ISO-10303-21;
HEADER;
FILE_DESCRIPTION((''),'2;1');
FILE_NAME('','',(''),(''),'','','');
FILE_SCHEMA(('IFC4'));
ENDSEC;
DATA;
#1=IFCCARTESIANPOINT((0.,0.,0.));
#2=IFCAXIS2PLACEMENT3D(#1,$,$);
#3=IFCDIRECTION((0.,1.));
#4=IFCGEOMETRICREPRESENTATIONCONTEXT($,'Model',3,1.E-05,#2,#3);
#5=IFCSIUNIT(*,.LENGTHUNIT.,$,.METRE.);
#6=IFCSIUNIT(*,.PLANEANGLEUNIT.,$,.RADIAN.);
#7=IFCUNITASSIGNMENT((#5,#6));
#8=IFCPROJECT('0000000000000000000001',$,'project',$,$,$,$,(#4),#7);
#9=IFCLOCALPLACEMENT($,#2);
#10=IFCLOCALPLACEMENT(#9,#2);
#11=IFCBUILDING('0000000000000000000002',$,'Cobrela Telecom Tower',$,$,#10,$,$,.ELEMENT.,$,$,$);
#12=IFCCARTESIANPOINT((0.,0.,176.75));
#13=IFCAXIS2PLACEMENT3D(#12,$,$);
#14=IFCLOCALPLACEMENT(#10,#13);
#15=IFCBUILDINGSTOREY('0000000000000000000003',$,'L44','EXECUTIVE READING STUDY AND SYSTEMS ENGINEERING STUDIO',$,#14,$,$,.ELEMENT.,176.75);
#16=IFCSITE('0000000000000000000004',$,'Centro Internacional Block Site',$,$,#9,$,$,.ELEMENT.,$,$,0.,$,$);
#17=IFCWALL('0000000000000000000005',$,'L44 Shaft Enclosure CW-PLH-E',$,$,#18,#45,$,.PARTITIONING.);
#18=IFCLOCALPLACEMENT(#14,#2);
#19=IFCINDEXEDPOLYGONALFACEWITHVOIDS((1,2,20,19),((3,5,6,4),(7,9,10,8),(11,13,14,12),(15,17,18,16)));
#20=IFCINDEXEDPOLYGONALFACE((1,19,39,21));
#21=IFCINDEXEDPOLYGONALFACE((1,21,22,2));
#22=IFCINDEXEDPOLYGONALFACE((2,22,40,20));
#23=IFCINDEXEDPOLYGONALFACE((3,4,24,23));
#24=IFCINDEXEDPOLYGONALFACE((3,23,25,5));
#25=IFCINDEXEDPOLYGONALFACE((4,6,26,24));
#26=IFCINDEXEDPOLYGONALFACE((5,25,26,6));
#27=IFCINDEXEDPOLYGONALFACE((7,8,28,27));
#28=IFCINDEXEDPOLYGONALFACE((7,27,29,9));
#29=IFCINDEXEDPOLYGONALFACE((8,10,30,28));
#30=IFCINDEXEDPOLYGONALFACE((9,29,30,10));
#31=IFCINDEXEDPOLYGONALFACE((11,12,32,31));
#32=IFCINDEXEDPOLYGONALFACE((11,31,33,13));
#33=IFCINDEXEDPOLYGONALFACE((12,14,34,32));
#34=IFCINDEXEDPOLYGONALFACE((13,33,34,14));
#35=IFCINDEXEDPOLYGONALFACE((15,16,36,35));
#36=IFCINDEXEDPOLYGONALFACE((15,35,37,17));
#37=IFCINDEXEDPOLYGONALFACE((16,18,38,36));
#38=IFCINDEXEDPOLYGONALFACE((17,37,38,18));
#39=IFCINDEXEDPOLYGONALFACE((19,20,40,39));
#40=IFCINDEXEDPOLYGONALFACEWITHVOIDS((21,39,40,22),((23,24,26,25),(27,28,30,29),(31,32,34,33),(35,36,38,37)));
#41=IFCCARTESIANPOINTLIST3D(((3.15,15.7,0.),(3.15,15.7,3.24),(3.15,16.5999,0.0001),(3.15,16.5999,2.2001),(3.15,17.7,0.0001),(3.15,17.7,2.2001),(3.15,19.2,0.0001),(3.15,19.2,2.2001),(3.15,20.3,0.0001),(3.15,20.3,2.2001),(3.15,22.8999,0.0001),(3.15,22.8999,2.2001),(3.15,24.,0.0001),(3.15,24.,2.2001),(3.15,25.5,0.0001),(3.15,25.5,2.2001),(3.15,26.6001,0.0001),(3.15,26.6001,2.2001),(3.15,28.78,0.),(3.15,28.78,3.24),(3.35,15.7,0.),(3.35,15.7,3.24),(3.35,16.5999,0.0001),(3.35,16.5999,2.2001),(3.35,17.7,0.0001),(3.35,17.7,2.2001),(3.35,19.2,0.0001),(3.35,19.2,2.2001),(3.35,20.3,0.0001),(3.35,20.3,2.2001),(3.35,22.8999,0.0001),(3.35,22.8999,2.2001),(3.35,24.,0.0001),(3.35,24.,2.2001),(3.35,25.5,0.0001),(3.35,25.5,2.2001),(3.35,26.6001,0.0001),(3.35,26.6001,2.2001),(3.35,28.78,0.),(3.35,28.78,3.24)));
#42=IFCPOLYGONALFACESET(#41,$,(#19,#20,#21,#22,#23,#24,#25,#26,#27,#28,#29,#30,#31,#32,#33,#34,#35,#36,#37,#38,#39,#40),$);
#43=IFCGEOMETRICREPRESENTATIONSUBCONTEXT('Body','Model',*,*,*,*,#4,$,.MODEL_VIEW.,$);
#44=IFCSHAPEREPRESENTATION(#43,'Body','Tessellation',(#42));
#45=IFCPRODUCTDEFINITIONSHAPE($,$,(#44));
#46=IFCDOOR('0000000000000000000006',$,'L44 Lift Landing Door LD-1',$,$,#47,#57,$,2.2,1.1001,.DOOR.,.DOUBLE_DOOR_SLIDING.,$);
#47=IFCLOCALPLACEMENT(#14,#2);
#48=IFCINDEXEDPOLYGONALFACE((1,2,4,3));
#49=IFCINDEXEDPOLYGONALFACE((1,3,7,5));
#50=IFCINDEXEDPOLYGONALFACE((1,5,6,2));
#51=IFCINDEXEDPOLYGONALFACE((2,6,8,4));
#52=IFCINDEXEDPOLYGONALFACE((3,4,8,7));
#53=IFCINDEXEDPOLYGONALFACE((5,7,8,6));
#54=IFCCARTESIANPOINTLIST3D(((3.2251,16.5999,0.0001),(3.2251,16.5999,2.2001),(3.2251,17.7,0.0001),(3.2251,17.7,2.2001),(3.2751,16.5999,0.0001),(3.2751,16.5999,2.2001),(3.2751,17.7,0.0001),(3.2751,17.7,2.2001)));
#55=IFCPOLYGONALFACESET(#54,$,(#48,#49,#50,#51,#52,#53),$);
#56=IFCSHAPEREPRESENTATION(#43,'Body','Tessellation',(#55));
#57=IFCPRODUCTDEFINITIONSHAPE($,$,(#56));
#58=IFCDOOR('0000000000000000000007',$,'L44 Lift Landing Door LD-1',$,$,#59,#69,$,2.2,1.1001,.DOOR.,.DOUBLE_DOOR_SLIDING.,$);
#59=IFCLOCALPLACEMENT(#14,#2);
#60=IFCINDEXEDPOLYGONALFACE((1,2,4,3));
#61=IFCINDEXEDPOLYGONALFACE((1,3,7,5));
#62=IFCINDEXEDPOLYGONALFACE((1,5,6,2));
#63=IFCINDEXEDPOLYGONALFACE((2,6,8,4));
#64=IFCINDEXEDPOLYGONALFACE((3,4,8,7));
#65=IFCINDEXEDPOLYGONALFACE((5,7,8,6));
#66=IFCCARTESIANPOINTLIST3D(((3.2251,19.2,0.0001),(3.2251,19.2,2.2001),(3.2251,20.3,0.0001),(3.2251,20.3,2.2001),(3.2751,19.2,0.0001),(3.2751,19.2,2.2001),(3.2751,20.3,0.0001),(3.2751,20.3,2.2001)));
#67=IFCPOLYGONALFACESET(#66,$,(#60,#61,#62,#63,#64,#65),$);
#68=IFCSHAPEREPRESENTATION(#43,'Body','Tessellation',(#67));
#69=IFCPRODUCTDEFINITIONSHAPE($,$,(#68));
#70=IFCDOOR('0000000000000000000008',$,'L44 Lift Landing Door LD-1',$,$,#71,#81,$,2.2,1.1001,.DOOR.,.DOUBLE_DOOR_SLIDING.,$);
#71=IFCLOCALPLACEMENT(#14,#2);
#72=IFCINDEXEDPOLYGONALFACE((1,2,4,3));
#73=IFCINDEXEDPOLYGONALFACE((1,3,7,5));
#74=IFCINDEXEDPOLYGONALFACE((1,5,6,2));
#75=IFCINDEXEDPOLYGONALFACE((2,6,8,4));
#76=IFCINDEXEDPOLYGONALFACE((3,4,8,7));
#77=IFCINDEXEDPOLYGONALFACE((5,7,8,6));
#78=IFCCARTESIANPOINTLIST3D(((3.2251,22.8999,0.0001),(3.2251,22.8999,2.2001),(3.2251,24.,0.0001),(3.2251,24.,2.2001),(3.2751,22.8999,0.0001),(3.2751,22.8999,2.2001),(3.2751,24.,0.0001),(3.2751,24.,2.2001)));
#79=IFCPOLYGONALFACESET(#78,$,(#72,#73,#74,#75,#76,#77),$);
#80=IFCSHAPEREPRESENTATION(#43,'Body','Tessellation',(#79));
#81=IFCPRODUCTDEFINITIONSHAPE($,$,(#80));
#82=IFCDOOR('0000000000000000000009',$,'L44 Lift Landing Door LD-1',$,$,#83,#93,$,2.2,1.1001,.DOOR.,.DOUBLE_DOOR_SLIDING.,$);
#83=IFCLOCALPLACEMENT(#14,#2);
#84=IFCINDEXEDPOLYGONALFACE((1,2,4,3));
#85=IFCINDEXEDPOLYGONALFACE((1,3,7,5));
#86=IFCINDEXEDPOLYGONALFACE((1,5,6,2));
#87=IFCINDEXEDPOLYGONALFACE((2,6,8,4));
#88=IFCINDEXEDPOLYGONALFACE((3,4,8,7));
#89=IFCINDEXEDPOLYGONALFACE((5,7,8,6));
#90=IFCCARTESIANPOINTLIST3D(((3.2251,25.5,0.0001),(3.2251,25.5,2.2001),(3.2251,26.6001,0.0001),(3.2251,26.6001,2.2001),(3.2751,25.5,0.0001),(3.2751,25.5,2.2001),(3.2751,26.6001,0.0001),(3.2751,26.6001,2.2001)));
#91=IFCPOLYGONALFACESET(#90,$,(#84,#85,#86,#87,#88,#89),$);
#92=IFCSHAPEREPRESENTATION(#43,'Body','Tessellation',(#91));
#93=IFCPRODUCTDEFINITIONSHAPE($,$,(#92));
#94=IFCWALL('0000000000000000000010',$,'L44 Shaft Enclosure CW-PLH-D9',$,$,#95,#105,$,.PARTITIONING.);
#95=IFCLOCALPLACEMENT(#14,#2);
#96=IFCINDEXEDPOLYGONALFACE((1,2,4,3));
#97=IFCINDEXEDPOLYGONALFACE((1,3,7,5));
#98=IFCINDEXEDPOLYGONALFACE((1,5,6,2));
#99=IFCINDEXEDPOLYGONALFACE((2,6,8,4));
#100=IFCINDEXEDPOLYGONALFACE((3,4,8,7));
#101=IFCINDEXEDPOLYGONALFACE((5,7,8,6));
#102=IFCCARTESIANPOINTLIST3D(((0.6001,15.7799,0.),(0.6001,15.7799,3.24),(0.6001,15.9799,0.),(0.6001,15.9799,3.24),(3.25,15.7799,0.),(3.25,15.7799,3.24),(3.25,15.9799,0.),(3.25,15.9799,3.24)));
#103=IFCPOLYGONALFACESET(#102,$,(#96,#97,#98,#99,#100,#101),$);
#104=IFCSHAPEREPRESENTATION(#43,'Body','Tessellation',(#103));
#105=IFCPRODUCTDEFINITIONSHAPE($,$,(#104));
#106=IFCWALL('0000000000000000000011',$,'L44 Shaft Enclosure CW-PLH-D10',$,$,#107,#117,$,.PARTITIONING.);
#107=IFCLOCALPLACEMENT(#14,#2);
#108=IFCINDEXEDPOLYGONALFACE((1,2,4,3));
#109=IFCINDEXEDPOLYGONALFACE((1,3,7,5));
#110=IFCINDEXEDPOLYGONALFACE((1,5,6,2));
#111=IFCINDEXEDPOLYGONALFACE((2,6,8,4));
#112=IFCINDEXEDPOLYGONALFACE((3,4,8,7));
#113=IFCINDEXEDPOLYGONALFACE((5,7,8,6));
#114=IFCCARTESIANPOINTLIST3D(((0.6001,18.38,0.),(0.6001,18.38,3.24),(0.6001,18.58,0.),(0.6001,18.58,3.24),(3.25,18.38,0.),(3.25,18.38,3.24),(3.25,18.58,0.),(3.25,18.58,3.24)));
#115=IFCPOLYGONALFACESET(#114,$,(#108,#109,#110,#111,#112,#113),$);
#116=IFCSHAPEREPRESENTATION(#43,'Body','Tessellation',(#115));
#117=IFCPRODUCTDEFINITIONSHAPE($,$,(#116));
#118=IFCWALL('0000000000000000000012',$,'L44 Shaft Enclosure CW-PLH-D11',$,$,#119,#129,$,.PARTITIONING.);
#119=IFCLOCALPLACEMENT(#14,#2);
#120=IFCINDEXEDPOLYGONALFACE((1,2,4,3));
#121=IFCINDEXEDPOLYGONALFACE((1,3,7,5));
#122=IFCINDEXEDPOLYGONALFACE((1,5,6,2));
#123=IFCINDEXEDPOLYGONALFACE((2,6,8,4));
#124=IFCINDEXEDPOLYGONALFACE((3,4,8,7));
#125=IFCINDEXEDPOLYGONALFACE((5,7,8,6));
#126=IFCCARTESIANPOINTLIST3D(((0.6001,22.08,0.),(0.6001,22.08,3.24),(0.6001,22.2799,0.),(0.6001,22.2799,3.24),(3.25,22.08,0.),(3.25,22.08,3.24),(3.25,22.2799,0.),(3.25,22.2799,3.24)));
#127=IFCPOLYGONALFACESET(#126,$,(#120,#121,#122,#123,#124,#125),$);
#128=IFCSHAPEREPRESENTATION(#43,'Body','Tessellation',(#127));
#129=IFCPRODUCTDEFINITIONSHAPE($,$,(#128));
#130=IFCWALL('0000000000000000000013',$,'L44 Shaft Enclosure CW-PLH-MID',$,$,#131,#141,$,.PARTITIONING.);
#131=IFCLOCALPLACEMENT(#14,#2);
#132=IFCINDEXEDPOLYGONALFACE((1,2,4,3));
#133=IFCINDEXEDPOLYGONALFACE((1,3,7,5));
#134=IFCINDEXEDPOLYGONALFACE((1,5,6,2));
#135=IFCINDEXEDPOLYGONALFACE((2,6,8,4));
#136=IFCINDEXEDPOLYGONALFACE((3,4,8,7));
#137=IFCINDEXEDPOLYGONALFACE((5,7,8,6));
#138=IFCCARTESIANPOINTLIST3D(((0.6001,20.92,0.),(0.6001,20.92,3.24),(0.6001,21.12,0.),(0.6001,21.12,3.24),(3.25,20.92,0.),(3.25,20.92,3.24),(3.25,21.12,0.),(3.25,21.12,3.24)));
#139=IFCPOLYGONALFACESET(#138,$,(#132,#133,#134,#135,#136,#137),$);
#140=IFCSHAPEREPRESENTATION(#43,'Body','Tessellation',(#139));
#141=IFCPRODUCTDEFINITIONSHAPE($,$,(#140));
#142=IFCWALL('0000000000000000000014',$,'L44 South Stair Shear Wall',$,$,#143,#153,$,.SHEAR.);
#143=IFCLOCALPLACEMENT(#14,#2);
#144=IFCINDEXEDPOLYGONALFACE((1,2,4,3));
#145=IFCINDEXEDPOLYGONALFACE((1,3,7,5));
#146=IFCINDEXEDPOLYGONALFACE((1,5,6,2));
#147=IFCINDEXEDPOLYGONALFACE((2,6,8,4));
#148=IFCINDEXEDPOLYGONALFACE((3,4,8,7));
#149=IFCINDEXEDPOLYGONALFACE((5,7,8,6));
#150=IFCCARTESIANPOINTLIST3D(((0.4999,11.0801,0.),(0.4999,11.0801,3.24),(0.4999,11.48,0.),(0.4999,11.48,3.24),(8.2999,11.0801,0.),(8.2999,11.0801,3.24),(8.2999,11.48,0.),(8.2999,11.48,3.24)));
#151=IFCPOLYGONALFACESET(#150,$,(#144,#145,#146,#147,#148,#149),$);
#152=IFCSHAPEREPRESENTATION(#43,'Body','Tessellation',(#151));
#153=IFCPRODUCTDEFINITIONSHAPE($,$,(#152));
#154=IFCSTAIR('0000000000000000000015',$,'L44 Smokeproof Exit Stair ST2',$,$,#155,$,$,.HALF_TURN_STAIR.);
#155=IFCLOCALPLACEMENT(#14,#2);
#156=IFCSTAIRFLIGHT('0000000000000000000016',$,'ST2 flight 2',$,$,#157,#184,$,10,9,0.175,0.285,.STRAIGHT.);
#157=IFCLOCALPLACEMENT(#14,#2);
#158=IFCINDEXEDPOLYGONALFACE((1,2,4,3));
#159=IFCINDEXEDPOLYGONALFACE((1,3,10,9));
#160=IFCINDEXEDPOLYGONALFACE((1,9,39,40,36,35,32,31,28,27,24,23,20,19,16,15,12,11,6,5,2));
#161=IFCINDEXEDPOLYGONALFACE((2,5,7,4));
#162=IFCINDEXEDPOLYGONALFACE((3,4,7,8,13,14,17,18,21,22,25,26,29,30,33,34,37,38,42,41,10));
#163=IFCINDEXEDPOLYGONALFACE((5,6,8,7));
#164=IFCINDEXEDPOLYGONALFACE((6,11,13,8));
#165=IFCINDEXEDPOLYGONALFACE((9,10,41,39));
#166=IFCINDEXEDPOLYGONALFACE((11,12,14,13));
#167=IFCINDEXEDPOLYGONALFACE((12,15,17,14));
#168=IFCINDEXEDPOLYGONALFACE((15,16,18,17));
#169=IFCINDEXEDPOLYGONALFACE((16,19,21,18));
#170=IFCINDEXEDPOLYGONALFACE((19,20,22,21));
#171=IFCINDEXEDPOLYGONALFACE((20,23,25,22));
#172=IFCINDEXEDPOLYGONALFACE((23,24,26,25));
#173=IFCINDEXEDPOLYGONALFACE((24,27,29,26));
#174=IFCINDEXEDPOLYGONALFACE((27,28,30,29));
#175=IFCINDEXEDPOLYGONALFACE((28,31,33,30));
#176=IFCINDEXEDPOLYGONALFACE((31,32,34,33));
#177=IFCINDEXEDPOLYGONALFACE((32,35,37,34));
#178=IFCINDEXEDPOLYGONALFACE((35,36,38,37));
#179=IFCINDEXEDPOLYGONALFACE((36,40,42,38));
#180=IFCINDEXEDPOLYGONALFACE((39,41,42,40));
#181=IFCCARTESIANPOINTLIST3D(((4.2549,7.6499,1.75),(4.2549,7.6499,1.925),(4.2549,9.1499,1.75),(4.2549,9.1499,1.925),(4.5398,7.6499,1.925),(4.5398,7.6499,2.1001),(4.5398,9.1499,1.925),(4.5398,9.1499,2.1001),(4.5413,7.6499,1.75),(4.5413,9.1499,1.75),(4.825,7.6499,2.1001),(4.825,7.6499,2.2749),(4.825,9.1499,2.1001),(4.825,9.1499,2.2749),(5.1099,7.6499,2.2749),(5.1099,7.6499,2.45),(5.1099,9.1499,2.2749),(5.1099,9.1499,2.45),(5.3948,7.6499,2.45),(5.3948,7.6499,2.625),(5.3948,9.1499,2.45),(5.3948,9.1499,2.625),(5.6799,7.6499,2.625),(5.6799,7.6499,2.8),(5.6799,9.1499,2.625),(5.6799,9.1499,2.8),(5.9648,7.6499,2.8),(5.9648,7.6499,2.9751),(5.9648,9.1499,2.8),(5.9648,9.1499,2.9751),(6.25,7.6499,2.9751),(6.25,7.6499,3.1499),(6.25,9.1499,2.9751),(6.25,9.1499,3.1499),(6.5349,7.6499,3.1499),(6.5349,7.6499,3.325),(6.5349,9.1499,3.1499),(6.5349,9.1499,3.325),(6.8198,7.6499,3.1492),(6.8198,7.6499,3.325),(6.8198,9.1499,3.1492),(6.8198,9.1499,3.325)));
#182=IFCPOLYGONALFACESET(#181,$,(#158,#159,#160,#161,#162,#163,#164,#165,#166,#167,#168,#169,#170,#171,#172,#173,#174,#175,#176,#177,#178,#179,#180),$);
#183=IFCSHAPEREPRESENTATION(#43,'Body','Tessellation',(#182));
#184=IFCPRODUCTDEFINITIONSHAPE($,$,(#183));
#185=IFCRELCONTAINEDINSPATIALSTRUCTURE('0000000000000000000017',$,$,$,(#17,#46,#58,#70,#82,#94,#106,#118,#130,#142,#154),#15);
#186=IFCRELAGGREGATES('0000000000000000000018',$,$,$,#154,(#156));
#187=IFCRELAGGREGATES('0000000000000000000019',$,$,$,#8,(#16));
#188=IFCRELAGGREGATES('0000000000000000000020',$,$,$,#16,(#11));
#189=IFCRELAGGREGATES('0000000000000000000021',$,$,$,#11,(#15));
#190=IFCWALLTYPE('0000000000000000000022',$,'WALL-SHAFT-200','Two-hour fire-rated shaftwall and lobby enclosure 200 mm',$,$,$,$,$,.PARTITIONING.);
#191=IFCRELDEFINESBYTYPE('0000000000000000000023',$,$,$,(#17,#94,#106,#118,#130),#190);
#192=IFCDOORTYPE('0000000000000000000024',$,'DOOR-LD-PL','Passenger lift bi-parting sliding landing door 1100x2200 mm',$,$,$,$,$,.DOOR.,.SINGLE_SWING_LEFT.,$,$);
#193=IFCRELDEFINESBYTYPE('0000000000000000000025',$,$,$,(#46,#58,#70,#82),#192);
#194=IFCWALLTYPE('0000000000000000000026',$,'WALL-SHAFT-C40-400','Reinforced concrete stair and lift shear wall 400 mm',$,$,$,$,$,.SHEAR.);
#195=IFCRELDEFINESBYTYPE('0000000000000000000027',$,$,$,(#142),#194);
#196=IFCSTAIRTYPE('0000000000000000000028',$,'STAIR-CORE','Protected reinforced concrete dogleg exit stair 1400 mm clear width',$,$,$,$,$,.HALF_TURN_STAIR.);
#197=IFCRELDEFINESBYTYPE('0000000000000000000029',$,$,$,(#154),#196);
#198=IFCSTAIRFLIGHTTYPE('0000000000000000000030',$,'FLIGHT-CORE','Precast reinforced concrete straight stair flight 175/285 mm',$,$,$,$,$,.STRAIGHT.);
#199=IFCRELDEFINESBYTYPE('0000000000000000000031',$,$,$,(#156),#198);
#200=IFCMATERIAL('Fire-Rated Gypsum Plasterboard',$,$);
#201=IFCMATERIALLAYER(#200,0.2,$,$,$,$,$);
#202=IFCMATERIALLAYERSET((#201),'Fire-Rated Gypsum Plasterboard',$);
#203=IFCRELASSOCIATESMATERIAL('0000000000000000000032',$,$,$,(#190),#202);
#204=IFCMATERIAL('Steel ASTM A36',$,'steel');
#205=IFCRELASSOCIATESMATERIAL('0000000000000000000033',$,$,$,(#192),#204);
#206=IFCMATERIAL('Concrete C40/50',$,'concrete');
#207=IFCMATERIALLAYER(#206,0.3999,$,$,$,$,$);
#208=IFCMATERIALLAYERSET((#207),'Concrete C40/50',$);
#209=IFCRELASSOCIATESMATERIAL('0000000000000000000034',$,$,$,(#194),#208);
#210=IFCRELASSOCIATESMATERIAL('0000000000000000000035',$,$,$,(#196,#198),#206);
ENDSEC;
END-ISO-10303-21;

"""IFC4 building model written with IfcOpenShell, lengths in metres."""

from ifc_helpers import new_model, si_unit, direction, frame, frame_2d, origin, place, context, subcontext, project, spatial, polyline, rectangle, outline, extrude, material, layer, layer_set, type_object, element, fill, aggregate, save


model = new_model("IFC4")

# Units and contexts
model_context = context("Model", 3, precision=1e-05, world=origin(), true_north=direction((0.0, 1.0)))
body_context = subcontext(model_context, "Body", "Model", "MODEL_VIEW")
ifc_project = project(units=[si_unit("LENGTHUNIT", "METRE"), si_unit("PLANEANGLEUNIT", "RADIAN")], contexts=[model_context])

# Site, building, storey
site_placement = place(None, origin())
site = spatial("IfcSite", under=ifc_project, at=site_placement, Name="Centro Internacional Block Site", CompositionType="ELEMENT", RefElevation=0.0)
building_placement = place(site_placement, origin())
building = spatial("IfcBuilding", under=site, at=building_placement, Name="Cobrela Telecom Tower", CompositionType="ELEMENT")
storey_placement = place(building_placement, frame((0.0, 0.0, 176.75)))
storey = spatial("IfcBuildingStorey", under=building, at=storey_placement, Name="L44", Description="EXECUTIVE READING STUDY AND SYSTEMS ENGINEERING STUDIO", CompositionType="ELEMENT", Elevation=176.75)

# Shared definitions
ifc_material_1 = material(Name="Fire-Rated Gypsum Plasterboard")

# Wall, openings, doors
ifc_layer_1 = layer(ifc_material_1, 0.2)
ifc_layer_set_1 = layer_set([ifc_layer_1], Name="Fire-Rated Gypsum Plasterboard")
wall_type_1 = type_object("IfcWallType", Name="WALL-SHAFT-200", Description="Two-hour fire-rated shaftwall and lobby enclosure 200 mm", PredefinedType="PARTITIONING", material=ifc_layer_set_1)
wall_1_placement = place(storey_placement, frame((3.25, 15.7, 0.0), z_axis=(0.0, 0.0, 1.0), x_axis=(0.0, 1.0, 0.0)))
wall_1 = element("IfcWall", 1, at=wall_1_placement, inside=storey, type_object=wall_type_1, Name="L44 Shaft Enclosure CW-PLH-E", PredefinedType="PARTITIONING", context=body_context, shape_type="SweptSolid", body=[
    extrude(rectangle(XDim=13.0801, YDim=0.2, at=frame_2d((6.54, 0.0))), origin(), (0.0, 0.0, 1.0), 3.24),
])
opening_1_placement = place(wall_1_placement, frame((0.8999, 0.0, 0.0)))
opening_1 = element("IfcOpeningElement", 2, at=opening_1_placement, cuts=wall_1, PredefinedType="OPENING", context=body_context, shape_type="SweptSolid", body=[
    extrude(rectangle(XDim=1.1001, YDim=2.2, at=frame_2d((0.55, 1.1001))), frame((0.0, 0.1118, 0.0), z_axis=(0.0, -1.0, 0.0), x_axis=(1.0, 0.0, 0.0)), (0.0, 0.0, 1.0), 0.2239),
])
opening_2_placement = place(wall_1_placement, frame((3.5, 0.0, 0.0)))
opening_2 = element("IfcOpeningElement", 3, at=opening_2_placement, cuts=wall_1, PredefinedType="OPENING", context=body_context, shape_type="SweptSolid", body=[
    extrude(rectangle(XDim=1.1001, YDim=2.2, at=frame_2d((0.55, 1.1001))), frame((0.0, 0.1118, 0.0), z_axis=(0.0, -1.0, 0.0), x_axis=(1.0, 0.0, 0.0)), (0.0, 0.0, 1.0), 0.2239),
])
opening_3_placement = place(wall_1_placement, frame((7.2, 0.0, 0.0)))
opening_3 = element("IfcOpeningElement", 4, at=opening_3_placement, cuts=wall_1, PredefinedType="OPENING", context=body_context, shape_type="SweptSolid", body=[
    extrude(rectangle(XDim=1.1001, YDim=2.2, at=frame_2d((0.55, 1.1001))), frame((0.0, 0.1118, 0.0), z_axis=(0.0, -1.0, 0.0), x_axis=(1.0, 0.0, 0.0)), (0.0, 0.0, 1.0), 0.2239),
])
opening_4_placement = place(wall_1_placement, frame((9.8, 0.0, 0.0)))
opening_4 = element("IfcOpeningElement", 5, at=opening_4_placement, cuts=wall_1, PredefinedType="OPENING", context=body_context, shape_type="SweptSolid", body=[
    extrude(rectangle(XDim=1.1001, YDim=2.2, at=frame_2d((0.55, 1.1001))), frame((0.0, 0.1118, 0.0), z_axis=(0.0, -1.0, 0.0), x_axis=(1.0, 0.0, 0.0)), (0.0, 0.0, 1.0), 0.2239),
])
ifc_material_2 = material(Name="Steel ASTM A36", Category="steel")
door_type_1 = type_object("IfcDoorType", Name="DOOR-LD-PL", Description="Passenger lift bi-parting sliding landing door 1100x2200 mm", OperationType="SINGLE_SWING_LEFT", PredefinedType="DOOR", material=ifc_material_2)
door_1_placement = place(opening_1_placement, origin())
door_1 = element("IfcDoor", 6, at=door_1_placement, inside=storey, type_object=door_type_1, Name="L44 Lift Landing Door LD-1", OperationType="DOUBLE_DOOR_SLIDING", OverallHeight=2.2, OverallWidth=1.1001, PredefinedType="DOOR", context=body_context, shape_type="SweptSolid", body=[
    extrude(rectangle(XDim=1.1001, YDim=2.2, at=frame_2d((0.55, 1.1001))), frame((0.0, 0.0249, 0.0), z_axis=(0.0, -1.0, 0.0), x_axis=(1.0, 0.0, 0.0)), (0.0, 0.0, 1.0), 0.05),
])
fill(opening_1, door_1)
door_2_placement = place(opening_2_placement, origin())
door_2 = element("IfcDoor", 7, at=door_2_placement, inside=storey, type_object=door_type_1, Name="L44 Lift Landing Door LD-1", OperationType="DOUBLE_DOOR_SLIDING", OverallHeight=2.2, OverallWidth=1.1001, PredefinedType="DOOR", context=body_context, shape_type="SweptSolid", body=[
    extrude(rectangle(XDim=1.1001, YDim=2.2, at=frame_2d((0.55, 1.1001))), frame((0.0, 0.0249, 0.0), z_axis=(0.0, -1.0, 0.0), x_axis=(1.0, 0.0, 0.0)), (0.0, 0.0, 1.0), 0.05),
])
fill(opening_2, door_2)
door_3_placement = place(opening_3_placement, origin())
door_3 = element("IfcDoor", 8, at=door_3_placement, inside=storey, type_object=door_type_1, Name="L44 Lift Landing Door LD-1", OperationType="DOUBLE_DOOR_SLIDING", OverallHeight=2.2, OverallWidth=1.1001, PredefinedType="DOOR", context=body_context, shape_type="SweptSolid", body=[
    extrude(rectangle(XDim=1.1001, YDim=2.2, at=frame_2d((0.55, 1.1001))), frame((0.0, 0.0249, 0.0), z_axis=(0.0, -1.0, 0.0), x_axis=(1.0, 0.0, 0.0)), (0.0, 0.0, 1.0), 0.05),
])
fill(opening_3, door_3)
door_4_placement = place(opening_4_placement, origin())
door_4 = element("IfcDoor", 9, at=door_4_placement, inside=storey, type_object=door_type_1, Name="L44 Lift Landing Door LD-1", OperationType="DOUBLE_DOOR_SLIDING", OverallHeight=2.2, OverallWidth=1.1001, PredefinedType="DOOR", context=body_context, shape_type="SweptSolid", body=[
    extrude(rectangle(XDim=1.1001, YDim=2.2, at=frame_2d((0.55, 1.1001))), frame((0.0, 0.0249, 0.0), z_axis=(0.0, -1.0, 0.0), x_axis=(1.0, 0.0, 0.0)), (0.0, 0.0, 1.0), 0.05),
])
fill(opening_4, door_4)

# Walls
for number, where, z_axis, x_axis, name in (
    (10, (0.6001, 15.8799, 0.0), (0.0, 0.0, 1.0), (1.0, 0.0, 0.0), "L44 Shaft Enclosure CW-PLH-D9"),
    (11, (0.6001, 18.48, 0.0), (0.0, 0.0, 1.0), (1.0, 0.0, 0.0), "L44 Shaft Enclosure CW-PLH-D10"),
    (12, (0.6001, 22.1799, 0.0), (0.0, 0.0, 1.0), (1.0, 0.0, 0.0), "L44 Shaft Enclosure CW-PLH-D11"),
    (13, (0.6001, 21.02, 0.0), (0.0, 0.0, 1.0), (1.0, 0.0, 0.0), "L44 Shaft Enclosure CW-PLH-MID"),
):
    element("IfcWall", number, at=place(storey_placement, frame(where, z_axis=z_axis, x_axis=x_axis)), inside=storey, type_object=wall_type_1, Name=name, PredefinedType="PARTITIONING", context=body_context, shape_type="SweptSolid", body=[
        extrude(rectangle(XDim=2.6499, YDim=0.2, at=frame_2d((1.325, 0.0))), origin(), (0.0, 0.0, 1.0), 3.24),
    ])
ifc_material_3 = material(Name="Concrete C40/50", Category="concrete")
ifc_layer_2 = layer(ifc_material_3, 0.3999)
ifc_layer_set_2 = layer_set([ifc_layer_2], Name="Concrete C40/50")
wall_type_2 = type_object("IfcWallType", Name="WALL-SHAFT-C40-400", Description="Reinforced concrete stair and lift shear wall 400 mm", PredefinedType="SHEAR", material=ifc_layer_set_2)
wall_2_placement = place(storey_placement, frame((0.5, 11.28, 0.0), z_axis=(0.0, 0.0, 1.0), x_axis=(1.0, 0.0, 0.0)))
element("IfcWall", 14, at=wall_2_placement, inside=storey, type_object=wall_type_2, Name="L44 South Stair Shear Wall", PredefinedType="SHEAR", context=body_context, shape_type="SweptSolid", body=[
    extrude(rectangle(XDim=7.8, YDim=0.3999, at=frame_2d((3.8999, 0.0))), origin(), (0.0, 0.0, 1.0), 3.24),
])

# Stair, stair flight
stair_type = type_object("IfcStairType", Name="STAIR-CORE", Description="Protected reinforced concrete dogleg exit stair 1400 mm clear width", PredefinedType="HALF_TURN_STAIR", material=ifc_material_3)
stair_placement = place(storey_placement, origin())
stair = element("IfcStair", 15, at=stair_placement, inside=storey, type_object=stair_type, Name="L44 Smokeproof Exit Stair ST2", PredefinedType="HALF_TURN_STAIR")
stair_flight_type = type_object("IfcStairFlightType", Name="FLIGHT-CORE", Description="Precast reinforced concrete straight stair flight 175/285 mm", PredefinedType="STRAIGHT", material=ifc_material_3)
stair_flight_placement = place(storey_placement, frame((4.2549, 8.3999, 1.75), z_axis=(0.0, 0.0, 1.0), x_axis=(1.0, 0.0, 0.0)))
stair_flight = element("IfcStairFlight", 16, at=stair_flight_placement, type_object=stair_flight_type, Name="ST2 flight 2", NumberOfRisers=10, NumberOfTreads=9, PredefinedType="STRAIGHT", RiserHeight=0.175, TreadLength=0.285, context=body_context, shape_type="SweptSolid", body=[
    extrude(outline(polyline([(0.0, 0.0), (0.0, 0.175), (0.2849, 0.175), (0.2849, 0.3501), (0.5701, 0.3501), (0.5701, 0.5249), (0.855, 0.5249), (0.855, 0.7), (1.1399, 0.7), (1.1399, 0.875), (1.425, 0.875), (1.425, 1.05), (1.71, 1.05), (1.71, 1.2251), (1.9951, 1.2251), (1.9951, 1.3999), (2.28, 1.3999), (2.28, 1.575), (2.5649, 1.575), (2.5649, 1.75), (2.5649, 1.3992), (0.2864, 0.0), (0.0, 0.0)])), frame((0.0, 0.75, 0.0), z_axis=(0.0, -1.0, 0.0), x_axis=(1.0, 0.0, 0.0)), (0.0, 0.0, 1.0), 1.5),
])
aggregate(stair, [stair_flight])

save(model, "model.ifc")
